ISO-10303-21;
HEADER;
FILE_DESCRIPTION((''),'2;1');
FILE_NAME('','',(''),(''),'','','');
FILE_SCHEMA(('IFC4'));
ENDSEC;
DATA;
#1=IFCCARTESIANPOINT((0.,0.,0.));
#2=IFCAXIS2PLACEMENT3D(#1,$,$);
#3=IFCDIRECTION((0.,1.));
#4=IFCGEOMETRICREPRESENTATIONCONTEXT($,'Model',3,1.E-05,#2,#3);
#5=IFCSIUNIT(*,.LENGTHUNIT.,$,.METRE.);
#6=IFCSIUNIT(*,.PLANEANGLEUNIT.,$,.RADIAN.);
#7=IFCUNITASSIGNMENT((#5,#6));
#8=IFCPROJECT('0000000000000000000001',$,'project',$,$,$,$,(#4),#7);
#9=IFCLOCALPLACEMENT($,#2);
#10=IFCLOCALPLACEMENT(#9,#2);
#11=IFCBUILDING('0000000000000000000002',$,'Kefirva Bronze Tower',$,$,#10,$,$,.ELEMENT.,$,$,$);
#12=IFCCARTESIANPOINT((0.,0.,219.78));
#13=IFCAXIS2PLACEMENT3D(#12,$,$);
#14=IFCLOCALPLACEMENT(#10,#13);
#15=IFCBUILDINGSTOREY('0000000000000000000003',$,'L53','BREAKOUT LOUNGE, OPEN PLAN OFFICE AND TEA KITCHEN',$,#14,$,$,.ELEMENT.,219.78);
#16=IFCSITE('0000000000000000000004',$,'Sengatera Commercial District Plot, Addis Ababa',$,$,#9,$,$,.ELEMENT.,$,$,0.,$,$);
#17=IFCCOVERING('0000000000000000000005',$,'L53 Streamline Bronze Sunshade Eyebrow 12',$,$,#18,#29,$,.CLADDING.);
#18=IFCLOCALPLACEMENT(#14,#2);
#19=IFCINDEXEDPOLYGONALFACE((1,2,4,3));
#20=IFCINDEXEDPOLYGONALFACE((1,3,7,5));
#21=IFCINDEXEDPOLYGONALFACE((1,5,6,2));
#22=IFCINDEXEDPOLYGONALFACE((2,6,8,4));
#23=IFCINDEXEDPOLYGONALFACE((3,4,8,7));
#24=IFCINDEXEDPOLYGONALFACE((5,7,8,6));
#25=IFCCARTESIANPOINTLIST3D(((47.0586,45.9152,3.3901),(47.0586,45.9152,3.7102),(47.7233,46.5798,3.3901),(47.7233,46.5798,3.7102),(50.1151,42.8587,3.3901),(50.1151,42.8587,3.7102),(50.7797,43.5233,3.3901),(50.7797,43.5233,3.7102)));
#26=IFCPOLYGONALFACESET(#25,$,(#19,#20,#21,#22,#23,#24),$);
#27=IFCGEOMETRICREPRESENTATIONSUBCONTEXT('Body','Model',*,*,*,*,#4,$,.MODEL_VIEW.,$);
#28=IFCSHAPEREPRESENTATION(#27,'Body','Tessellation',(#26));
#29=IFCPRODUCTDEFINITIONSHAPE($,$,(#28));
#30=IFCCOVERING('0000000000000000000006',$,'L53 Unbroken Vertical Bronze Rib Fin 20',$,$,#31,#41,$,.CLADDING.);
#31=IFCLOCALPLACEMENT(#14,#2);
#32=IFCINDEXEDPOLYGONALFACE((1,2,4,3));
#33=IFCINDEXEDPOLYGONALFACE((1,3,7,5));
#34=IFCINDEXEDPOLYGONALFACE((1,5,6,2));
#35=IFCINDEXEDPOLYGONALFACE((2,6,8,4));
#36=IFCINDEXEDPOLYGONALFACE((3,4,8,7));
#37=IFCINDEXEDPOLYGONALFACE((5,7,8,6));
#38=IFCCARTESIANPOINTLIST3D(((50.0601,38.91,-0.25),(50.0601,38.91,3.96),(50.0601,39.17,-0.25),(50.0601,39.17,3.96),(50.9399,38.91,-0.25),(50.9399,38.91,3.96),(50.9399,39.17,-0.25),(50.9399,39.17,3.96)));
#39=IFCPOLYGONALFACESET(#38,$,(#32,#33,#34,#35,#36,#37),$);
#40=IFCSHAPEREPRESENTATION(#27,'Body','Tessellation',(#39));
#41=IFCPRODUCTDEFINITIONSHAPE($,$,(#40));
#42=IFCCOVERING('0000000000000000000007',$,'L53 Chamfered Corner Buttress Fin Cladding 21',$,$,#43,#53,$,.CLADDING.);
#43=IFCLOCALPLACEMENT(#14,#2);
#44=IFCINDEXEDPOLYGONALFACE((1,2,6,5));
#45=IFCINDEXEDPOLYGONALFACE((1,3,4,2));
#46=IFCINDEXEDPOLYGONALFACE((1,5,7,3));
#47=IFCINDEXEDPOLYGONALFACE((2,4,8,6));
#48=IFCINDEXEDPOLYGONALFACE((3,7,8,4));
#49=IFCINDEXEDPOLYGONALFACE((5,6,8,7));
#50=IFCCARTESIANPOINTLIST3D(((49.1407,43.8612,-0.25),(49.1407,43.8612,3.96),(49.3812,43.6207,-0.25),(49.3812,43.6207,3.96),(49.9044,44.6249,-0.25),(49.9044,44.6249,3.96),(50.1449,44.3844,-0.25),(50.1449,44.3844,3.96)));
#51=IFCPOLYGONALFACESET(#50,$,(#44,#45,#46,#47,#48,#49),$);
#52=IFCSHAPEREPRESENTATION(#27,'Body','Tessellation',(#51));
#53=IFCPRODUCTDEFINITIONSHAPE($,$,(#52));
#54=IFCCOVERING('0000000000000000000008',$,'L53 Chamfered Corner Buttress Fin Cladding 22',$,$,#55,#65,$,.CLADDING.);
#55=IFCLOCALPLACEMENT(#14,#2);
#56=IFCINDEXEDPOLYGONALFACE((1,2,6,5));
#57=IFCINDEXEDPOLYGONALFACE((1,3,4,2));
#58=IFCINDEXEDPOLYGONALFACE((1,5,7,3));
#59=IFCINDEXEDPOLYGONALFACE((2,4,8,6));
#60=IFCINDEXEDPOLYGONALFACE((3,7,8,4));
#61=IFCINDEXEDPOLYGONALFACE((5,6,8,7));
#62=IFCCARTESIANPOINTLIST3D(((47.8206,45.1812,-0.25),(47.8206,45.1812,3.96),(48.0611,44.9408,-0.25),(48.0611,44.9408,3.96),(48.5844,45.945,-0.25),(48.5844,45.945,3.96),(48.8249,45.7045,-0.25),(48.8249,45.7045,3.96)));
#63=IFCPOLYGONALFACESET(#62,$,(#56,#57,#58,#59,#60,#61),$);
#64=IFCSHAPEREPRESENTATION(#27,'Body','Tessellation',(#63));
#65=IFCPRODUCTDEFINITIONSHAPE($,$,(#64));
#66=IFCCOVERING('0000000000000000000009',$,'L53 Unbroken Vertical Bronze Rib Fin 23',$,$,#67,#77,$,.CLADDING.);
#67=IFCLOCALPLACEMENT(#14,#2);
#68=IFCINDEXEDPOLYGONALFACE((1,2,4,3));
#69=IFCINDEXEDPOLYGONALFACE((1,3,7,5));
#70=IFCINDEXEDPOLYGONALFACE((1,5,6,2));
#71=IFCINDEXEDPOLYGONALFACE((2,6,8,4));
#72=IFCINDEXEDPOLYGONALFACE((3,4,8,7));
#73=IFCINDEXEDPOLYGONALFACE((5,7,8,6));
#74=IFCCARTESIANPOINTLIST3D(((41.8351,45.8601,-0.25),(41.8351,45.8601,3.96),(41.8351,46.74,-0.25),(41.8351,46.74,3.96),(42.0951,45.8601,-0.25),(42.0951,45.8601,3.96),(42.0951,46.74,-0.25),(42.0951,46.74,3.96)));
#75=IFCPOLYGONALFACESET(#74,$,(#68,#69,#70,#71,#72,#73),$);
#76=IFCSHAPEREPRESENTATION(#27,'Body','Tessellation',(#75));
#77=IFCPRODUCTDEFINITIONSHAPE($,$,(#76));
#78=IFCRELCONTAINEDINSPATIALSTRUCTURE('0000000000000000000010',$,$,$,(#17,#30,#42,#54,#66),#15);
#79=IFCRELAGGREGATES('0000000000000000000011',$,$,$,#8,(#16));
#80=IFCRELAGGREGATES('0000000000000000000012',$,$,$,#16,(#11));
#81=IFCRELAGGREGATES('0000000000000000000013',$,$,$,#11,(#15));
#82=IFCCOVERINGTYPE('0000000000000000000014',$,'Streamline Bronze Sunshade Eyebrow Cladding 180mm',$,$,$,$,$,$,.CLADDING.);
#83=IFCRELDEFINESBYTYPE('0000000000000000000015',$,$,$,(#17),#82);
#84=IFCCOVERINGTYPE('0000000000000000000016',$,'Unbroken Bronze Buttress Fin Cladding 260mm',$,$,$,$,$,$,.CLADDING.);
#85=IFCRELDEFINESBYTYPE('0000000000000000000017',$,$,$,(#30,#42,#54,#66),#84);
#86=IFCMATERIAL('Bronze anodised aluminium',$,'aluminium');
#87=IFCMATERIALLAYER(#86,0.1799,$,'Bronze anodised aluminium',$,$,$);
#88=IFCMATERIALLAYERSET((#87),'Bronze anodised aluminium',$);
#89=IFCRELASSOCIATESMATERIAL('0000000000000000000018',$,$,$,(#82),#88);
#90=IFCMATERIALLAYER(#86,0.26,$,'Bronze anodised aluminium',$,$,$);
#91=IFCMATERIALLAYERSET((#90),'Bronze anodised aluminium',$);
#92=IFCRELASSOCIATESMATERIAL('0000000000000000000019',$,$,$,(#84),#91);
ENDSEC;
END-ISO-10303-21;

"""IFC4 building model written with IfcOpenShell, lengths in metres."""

from ifc_helpers import new_model, si_unit, direction, frame, origin, origin_2d, place, context, subcontext, project, spatial, rectangle, extrude, material, layer, layer_set, type_object, element, save


model = new_model("IFC4")

# Units and contexts
model_context = context("Model", 3, precision=1e-05, world=origin(), true_north=direction((0.0, 1.0)))
body_context = subcontext(model_context, "Body", "Model", "MODEL_VIEW")
ifc_project = project(units=[si_unit("LENGTHUNIT", "METRE"), si_unit("PLANEANGLEUNIT", "RADIAN")], contexts=[model_context])

# Site, building, storey
site_placement = place(None, origin())
site = spatial("IfcSite", under=ifc_project, at=site_placement, Name="Sengatera Commercial District Plot, Addis Ababa", CompositionType="ELEMENT", RefElevation=0.0)
building_placement = place(site_placement, origin())
building = spatial("IfcBuilding", under=site, at=building_placement, Name="Kefirva Bronze Tower", CompositionType="ELEMENT")
storey_placement = place(building_placement, frame((0.0, 0.0, 219.78)))
storey = spatial("IfcBuildingStorey", under=building, at=storey_placement, Name="L53", Description="BREAKOUT LOUNGE, OPEN PLAN OFFICE AND TEA KITCHEN", CompositionType="ELEMENT", Elevation=219.78)

# Coverings
ifc_material_1 = material(Name="Bronze anodised aluminium", Category="aluminium")
ifc_layer_1 = layer(ifc_material_1, 0.1799, Name="Bronze anodised aluminium")
ifc_layer_set_1 = layer_set([ifc_layer_1], Name="Bronze anodised aluminium")
covering_type_1 = type_object("IfcCoveringType", Name="Streamline Bronze Sunshade Eyebrow Cladding 180mm", PredefinedType="CLADDING", material=ifc_layer_set_1)
covering_1_placement = place(storey_placement, frame((48.9192, 44.7192, 3.3901), z_axis=(0.0, 0.0, 1.0), x_axis=(-0.707107, 0.707107, 0.0)))
element("IfcCovering", 1, at=covering_1_placement, inside=storey, type_object=covering_type_1, Name="L53 Streamline Bronze Sunshade Eyebrow 12", PredefinedType="CLADDING", context=body_context, shape_type="SweptSolid", body=[
    extrude(rectangle(XDim=4.3225, YDim=0.9399, at=origin_2d()), origin(), (0.0, 0.0, 1.0), 0.3201),
])
ifc_layer_2 = layer(ifc_material_1, 0.26, Name="Bronze anodised aluminium")
ifc_layer_set_2 = layer_set([ifc_layer_2], Name="Bronze anodised aluminium")
covering_type_2 = type_object("IfcCoveringType", Name="Unbroken Bronze Buttress Fin Cladding 260mm", PredefinedType="CLADDING", material=ifc_layer_set_2)
covering_2_placement = place(storey_placement, frame((50.5, 39.04, -0.25), z_axis=(0.0, 0.0, 1.0), x_axis=(0.0, 1.0, 0.0)))
element("IfcCovering", 2, at=covering_2_placement, inside=storey, type_object=covering_type_2, Name="L53 Unbroken Vertical Bronze Rib Fin 20", PredefinedType="CLADDING", context=body_context, shape_type="SweptSolid", body=[
    extrude(rectangle(XDim=0.26, YDim=0.8799, at=origin_2d()), origin(), (0.0, 0.0, 1.0), 4.21),
])
for number, where, z_axis, x_axis, name in (
    (3, (49.6428, 44.1228, -0.25), (0.0, 0.0, 1.0), (-0.707107, 0.707107, 0.0), "L53 Chamfered Corner Buttress Fin Cladding 21"),
    (4, (48.3228, 45.4429, -0.25), (0.0, 0.0, 1.0), (-0.707107, 0.707107, 0.0), "L53 Chamfered Corner Buttress Fin Cladding 22"),
):
    element("IfcCovering", number, at=place(storey_placement, frame(where, z_axis=z_axis, x_axis=x_axis)), inside=storey, type_object=covering_type_2, Name=name, PredefinedType="CLADDING", context=body_context, shape_type="SweptSolid", body=[
        extrude(rectangle(XDim=0.3401, YDim=1.0801, at=origin_2d()), origin(), (0.0, 0.0, 1.0), 4.21),
    ])
covering_3_placement = place(storey_placement, frame((41.9651, 46.3, -0.25), z_axis=(0.0, 0.0, 1.0), x_axis=(-1.0, 0.0, 0.0)))
element("IfcCovering", 5, at=covering_3_placement, inside=storey, type_object=covering_type_2, Name="L53 Unbroken Vertical Bronze Rib Fin 23", PredefinedType="CLADDING", context=body_context, shape_type="SweptSolid", body=[
    extrude(rectangle(XDim=0.26, YDim=0.8799, at=origin_2d()), origin(), (0.0, 0.0, 1.0), 4.21),
])

save(model, "model.ifc")
